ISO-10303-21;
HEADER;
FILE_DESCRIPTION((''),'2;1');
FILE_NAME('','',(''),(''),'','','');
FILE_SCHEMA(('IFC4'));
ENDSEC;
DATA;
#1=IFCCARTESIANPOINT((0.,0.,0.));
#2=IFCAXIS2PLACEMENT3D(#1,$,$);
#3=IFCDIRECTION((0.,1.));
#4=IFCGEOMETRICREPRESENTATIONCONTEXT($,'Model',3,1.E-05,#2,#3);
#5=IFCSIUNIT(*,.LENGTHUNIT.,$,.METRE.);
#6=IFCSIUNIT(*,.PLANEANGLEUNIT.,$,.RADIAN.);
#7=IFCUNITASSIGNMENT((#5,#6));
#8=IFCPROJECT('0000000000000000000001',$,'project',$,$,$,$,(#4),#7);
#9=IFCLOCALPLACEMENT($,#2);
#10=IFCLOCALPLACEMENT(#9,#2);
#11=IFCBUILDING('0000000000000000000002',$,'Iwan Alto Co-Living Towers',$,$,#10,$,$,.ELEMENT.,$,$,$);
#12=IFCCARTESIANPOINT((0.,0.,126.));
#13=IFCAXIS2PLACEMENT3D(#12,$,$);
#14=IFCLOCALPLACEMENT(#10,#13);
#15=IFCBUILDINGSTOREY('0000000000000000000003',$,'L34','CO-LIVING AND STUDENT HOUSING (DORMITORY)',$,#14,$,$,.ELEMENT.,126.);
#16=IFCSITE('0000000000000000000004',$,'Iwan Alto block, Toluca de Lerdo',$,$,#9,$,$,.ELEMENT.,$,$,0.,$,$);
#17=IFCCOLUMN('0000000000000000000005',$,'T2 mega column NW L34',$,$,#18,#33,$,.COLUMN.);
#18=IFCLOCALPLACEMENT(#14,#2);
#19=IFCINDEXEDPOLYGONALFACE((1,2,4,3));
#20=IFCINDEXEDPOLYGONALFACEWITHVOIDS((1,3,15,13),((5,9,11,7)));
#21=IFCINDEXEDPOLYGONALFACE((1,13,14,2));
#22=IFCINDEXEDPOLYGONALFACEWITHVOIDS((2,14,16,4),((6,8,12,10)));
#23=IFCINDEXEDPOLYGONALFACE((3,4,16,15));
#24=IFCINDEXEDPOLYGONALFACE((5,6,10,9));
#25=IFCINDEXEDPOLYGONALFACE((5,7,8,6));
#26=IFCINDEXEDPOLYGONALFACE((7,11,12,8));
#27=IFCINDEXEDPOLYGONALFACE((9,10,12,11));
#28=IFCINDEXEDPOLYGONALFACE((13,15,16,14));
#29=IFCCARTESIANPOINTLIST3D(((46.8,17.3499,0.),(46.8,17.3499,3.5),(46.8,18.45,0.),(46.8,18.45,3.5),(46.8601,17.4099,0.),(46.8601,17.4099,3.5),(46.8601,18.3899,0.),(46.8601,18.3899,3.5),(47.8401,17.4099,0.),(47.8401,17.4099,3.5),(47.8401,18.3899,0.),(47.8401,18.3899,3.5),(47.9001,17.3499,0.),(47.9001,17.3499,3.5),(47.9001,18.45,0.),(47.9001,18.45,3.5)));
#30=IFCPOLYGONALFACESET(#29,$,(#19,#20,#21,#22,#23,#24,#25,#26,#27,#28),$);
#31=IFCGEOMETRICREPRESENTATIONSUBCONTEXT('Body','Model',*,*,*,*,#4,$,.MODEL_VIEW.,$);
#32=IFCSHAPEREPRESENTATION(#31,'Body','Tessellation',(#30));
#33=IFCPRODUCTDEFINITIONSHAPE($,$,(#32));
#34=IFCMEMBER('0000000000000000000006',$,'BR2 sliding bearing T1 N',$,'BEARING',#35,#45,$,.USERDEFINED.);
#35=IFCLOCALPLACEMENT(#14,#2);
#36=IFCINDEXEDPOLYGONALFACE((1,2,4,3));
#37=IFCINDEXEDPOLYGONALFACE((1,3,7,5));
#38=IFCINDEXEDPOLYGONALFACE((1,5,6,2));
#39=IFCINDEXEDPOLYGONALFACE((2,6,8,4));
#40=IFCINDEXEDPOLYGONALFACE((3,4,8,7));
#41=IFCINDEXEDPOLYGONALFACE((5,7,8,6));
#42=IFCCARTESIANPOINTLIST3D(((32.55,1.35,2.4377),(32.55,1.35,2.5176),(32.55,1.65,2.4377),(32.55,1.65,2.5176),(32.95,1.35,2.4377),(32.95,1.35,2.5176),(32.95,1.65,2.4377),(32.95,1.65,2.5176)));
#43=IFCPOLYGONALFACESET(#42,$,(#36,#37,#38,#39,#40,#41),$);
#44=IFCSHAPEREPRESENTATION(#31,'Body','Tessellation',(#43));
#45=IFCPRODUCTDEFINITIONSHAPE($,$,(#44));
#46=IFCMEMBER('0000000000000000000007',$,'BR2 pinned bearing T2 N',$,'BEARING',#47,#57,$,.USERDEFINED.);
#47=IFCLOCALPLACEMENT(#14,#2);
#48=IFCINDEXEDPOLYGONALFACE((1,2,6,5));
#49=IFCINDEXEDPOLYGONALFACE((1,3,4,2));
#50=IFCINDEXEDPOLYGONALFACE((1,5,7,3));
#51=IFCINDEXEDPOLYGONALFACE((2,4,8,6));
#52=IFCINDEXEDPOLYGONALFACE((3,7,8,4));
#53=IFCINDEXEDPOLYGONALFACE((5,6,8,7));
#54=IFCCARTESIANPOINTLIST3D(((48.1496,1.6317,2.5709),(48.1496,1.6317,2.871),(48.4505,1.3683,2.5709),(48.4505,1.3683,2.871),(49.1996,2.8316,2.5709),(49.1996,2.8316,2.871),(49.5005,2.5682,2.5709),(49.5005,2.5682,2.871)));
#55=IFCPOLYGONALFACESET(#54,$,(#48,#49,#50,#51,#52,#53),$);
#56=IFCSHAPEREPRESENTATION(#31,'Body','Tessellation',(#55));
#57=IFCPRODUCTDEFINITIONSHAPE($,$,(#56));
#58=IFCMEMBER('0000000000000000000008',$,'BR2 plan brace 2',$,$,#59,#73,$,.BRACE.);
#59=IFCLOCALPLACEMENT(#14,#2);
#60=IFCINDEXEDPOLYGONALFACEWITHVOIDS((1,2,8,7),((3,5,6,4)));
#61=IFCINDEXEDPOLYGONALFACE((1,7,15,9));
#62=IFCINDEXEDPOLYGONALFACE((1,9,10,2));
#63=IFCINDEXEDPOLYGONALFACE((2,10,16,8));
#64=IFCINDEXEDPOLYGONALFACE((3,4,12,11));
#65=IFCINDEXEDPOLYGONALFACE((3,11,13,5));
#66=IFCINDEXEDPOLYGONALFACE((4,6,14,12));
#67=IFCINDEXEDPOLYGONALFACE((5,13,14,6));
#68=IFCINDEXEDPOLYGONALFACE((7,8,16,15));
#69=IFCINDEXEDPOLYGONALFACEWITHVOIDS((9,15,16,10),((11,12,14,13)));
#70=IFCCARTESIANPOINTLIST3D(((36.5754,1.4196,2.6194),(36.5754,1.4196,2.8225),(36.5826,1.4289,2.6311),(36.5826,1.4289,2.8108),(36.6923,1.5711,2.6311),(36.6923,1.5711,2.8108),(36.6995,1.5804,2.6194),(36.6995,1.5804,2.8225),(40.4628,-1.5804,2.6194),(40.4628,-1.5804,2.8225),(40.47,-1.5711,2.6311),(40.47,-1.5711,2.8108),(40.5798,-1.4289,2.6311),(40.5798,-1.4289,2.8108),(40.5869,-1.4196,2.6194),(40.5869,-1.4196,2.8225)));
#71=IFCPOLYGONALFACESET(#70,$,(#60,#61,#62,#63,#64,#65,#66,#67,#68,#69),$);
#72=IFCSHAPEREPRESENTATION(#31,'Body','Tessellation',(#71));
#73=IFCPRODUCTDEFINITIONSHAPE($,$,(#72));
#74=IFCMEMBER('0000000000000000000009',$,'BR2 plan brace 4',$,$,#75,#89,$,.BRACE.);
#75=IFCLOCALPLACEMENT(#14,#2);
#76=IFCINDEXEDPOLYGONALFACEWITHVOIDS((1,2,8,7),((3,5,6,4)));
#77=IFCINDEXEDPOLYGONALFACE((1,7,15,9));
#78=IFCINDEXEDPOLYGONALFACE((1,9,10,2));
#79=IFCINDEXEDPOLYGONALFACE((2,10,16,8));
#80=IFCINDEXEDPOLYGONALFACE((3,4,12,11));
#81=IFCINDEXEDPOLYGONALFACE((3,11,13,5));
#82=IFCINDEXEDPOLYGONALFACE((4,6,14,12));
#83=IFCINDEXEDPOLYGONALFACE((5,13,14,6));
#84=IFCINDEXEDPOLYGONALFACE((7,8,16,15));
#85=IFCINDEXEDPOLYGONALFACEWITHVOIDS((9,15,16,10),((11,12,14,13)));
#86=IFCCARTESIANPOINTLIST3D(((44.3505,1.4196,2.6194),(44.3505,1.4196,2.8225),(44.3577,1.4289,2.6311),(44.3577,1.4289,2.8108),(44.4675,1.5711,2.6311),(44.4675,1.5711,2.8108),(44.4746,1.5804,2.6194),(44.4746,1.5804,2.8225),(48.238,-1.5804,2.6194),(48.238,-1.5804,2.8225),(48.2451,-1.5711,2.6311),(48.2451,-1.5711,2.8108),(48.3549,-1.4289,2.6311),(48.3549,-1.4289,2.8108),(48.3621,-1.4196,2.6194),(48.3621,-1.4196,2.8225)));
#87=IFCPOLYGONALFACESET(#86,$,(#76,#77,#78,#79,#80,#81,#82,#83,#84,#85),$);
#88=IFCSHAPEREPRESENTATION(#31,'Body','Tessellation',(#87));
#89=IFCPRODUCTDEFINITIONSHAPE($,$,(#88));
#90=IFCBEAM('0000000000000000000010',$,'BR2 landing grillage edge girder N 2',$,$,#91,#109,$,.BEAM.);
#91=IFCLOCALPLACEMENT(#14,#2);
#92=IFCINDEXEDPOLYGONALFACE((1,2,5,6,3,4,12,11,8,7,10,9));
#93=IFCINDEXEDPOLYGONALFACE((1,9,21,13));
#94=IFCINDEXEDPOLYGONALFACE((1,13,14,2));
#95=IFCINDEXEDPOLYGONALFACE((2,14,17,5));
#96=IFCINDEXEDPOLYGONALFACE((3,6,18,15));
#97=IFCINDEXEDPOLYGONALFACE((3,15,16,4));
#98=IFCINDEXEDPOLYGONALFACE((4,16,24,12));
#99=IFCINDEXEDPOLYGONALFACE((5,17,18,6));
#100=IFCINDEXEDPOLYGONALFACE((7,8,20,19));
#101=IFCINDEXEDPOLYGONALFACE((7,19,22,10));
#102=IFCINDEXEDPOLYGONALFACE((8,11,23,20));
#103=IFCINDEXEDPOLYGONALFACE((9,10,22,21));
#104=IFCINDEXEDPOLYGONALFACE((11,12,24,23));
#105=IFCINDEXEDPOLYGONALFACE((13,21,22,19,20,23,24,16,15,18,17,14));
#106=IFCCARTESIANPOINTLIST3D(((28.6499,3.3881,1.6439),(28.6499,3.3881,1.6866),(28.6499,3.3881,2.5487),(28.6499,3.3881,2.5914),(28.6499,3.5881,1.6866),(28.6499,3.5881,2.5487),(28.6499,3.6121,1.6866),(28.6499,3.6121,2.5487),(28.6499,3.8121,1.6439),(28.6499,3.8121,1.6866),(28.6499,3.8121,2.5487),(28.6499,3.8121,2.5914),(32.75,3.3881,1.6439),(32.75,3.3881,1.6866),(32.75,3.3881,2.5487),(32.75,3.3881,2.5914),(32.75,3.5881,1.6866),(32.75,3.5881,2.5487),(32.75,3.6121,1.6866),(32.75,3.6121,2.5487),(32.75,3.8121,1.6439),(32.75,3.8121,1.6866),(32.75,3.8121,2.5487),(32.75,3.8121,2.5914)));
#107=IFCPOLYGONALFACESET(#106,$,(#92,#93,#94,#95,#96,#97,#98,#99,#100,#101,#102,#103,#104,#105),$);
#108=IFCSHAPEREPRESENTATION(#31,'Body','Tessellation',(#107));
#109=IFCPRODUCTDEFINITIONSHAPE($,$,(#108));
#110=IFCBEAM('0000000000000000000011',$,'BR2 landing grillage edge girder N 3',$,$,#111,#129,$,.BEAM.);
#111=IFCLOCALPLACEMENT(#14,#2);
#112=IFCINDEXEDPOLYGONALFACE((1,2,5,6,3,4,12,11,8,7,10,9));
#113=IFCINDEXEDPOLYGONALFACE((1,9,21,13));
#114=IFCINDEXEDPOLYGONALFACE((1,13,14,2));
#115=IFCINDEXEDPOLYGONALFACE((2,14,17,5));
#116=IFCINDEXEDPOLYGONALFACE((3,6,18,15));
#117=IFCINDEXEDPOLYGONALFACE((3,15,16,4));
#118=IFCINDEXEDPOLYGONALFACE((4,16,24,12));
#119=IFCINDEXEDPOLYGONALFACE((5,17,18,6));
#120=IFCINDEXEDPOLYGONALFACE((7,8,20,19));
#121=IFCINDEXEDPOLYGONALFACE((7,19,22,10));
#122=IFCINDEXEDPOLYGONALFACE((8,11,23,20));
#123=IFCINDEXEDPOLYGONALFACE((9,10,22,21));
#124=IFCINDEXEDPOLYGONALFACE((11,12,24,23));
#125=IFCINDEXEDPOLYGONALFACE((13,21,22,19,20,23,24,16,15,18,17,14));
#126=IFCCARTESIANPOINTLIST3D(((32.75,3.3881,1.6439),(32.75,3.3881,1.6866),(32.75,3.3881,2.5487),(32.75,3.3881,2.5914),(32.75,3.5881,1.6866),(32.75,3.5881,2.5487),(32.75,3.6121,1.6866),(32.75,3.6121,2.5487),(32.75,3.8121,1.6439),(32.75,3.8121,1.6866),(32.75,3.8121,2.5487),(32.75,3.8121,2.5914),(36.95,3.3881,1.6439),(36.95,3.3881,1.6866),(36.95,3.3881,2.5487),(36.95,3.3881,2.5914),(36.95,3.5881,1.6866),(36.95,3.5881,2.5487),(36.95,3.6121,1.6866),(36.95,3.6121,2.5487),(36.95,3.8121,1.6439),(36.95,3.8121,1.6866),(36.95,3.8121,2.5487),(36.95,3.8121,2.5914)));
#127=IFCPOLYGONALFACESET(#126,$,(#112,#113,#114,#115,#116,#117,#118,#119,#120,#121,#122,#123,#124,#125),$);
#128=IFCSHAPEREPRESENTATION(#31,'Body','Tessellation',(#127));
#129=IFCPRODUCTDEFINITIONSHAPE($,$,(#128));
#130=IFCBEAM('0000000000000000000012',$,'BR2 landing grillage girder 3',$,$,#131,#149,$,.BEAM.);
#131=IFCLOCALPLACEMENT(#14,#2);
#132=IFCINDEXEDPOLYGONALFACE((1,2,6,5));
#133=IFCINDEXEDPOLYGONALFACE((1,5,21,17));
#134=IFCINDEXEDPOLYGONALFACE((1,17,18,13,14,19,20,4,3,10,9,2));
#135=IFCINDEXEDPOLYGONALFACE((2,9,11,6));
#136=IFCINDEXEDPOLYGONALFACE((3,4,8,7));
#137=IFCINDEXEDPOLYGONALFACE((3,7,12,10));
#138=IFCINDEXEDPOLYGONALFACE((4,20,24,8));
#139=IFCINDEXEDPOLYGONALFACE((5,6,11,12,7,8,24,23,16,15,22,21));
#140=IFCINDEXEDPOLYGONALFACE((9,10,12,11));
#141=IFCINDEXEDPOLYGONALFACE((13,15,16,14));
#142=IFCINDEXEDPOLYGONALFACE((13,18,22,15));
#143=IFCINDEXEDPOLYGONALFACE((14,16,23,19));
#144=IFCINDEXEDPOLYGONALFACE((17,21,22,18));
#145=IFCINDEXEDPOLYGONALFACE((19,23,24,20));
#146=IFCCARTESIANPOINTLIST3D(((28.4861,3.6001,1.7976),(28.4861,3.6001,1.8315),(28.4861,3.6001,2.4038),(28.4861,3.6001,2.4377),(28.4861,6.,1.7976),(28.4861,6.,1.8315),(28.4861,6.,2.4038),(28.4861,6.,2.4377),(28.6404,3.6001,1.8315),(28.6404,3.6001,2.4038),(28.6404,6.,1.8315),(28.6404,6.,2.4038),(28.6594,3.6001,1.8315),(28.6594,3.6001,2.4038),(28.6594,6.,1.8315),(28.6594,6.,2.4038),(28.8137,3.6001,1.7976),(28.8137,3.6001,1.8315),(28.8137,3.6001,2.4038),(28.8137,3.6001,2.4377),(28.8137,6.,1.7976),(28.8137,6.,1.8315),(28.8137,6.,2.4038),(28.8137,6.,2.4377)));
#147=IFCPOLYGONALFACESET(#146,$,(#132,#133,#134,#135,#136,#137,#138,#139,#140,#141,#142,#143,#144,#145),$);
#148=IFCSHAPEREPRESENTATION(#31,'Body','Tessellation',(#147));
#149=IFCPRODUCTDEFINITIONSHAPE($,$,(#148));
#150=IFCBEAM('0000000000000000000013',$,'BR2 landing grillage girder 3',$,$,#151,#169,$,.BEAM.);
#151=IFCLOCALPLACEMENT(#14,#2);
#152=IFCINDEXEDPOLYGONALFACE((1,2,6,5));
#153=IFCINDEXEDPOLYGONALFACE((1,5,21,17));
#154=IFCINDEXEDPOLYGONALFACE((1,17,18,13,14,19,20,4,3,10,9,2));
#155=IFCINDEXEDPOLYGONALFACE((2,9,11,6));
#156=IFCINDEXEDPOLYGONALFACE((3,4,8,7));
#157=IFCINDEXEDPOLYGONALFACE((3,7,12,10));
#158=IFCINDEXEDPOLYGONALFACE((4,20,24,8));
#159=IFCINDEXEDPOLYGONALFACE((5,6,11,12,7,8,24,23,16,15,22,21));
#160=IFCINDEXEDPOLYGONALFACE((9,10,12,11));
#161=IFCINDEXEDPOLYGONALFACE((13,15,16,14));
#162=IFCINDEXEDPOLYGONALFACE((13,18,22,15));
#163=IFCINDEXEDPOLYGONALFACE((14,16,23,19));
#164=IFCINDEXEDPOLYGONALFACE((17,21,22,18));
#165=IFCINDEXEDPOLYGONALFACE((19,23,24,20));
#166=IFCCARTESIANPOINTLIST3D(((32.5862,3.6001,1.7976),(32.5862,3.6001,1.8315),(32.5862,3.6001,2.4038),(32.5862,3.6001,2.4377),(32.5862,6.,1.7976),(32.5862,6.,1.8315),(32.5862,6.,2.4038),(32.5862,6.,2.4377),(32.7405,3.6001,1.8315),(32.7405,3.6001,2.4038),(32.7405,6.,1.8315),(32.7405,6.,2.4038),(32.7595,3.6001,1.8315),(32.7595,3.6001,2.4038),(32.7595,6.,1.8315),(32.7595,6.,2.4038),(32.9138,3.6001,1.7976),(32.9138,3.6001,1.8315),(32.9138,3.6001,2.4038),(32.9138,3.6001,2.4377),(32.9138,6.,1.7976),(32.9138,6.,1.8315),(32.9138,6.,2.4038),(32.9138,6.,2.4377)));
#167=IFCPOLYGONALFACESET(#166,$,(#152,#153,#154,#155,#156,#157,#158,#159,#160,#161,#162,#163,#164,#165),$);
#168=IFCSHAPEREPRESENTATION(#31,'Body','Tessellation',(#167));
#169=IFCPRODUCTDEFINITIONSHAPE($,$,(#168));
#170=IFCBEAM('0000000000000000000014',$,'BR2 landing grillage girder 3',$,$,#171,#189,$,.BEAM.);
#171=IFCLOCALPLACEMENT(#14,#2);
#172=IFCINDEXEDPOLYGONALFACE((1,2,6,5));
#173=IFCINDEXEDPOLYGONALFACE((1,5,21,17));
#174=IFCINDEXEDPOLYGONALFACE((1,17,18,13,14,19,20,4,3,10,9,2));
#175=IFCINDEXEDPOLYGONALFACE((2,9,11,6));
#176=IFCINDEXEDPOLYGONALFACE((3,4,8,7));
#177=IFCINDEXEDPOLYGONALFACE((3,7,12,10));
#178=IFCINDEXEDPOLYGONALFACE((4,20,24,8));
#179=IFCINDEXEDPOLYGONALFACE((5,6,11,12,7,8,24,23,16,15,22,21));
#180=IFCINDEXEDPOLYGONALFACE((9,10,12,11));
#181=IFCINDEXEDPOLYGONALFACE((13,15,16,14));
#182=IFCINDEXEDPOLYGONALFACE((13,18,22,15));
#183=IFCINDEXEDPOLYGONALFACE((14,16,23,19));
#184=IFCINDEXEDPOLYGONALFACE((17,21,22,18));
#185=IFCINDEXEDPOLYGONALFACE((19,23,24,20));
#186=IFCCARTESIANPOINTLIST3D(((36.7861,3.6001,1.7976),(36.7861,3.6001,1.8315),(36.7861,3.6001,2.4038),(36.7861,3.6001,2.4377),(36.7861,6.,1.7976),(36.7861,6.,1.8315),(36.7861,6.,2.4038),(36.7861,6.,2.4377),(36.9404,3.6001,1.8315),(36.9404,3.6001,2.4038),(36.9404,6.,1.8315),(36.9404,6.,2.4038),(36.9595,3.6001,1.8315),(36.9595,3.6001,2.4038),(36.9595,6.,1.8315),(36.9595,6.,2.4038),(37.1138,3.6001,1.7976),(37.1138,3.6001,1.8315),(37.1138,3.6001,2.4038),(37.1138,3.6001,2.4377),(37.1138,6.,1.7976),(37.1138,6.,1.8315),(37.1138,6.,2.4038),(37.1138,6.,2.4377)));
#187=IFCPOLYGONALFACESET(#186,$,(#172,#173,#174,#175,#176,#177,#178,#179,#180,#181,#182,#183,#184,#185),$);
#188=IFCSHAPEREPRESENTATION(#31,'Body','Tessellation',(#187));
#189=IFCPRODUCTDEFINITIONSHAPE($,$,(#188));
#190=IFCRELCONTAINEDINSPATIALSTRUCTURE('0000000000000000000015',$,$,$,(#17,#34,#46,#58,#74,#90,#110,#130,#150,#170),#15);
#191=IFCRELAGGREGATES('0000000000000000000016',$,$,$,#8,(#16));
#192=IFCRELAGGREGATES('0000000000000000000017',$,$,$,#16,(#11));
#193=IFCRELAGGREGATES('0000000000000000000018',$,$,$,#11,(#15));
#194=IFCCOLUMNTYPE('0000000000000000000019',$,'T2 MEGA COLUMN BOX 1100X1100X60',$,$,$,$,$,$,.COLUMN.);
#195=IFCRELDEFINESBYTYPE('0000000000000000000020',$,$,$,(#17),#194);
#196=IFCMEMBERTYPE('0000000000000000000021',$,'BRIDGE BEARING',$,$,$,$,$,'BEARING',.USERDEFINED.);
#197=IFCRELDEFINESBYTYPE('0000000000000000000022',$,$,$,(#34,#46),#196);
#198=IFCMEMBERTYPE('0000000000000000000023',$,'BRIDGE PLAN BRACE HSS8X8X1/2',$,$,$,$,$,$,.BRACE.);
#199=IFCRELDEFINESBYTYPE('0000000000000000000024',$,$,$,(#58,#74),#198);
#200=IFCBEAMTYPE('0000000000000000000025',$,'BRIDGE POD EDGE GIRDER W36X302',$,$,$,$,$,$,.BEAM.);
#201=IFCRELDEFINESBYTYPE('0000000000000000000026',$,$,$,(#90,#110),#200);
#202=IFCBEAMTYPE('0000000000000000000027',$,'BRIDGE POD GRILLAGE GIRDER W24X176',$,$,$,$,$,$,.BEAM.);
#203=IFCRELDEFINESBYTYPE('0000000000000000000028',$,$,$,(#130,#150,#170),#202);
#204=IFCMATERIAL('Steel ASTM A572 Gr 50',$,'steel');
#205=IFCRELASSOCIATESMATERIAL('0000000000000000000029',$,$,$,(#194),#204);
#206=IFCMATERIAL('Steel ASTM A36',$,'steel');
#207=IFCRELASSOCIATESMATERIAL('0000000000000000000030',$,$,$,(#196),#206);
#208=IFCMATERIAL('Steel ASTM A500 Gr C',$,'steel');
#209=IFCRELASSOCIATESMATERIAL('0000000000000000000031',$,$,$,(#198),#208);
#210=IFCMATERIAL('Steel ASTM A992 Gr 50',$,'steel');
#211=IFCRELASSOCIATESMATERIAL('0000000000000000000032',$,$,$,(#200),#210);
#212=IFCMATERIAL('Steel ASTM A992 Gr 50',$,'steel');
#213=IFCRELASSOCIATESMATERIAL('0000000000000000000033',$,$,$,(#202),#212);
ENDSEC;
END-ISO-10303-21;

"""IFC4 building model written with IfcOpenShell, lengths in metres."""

from ifc_helpers import new_model, si_unit, direction, frame, origin, origin_2d, place, context, subcontext, project, spatial, rectangle, hollow_rectangle, i_section, extrude, material, material_profile, profile_set, type_object, element, save


model = new_model("IFC4")

# Units and contexts
model_context = context("Model", 3, precision=1e-05, world=origin(), true_north=direction((0.0, 1.0)))
body_context = subcontext(model_context, "Body", "Model", "MODEL_VIEW")
ifc_project = project(units=[si_unit("LENGTHUNIT", "METRE"), si_unit("PLANEANGLEUNIT", "RADIAN")], contexts=[model_context])

# Site, building, storey
site_placement = place(None, origin())
site = spatial("IfcSite", under=ifc_project, at=site_placement, Name="Iwan Alto block, Toluca de Lerdo", CompositionType="ELEMENT", RefElevation=0.0)
building_placement = place(site_placement, origin())
building = spatial("IfcBuilding", under=site, at=building_placement, Name="Iwan Alto Co-Living Towers", CompositionType="ELEMENT")
storey_placement = place(building_placement, frame((0.0, 0.0, 126.0)))
storey = spatial("IfcBuildingStorey", under=building, at=storey_placement, Name="L34", Description="CO-LIVING AND STUDENT HOUSING (DORMITORY)", CompositionType="ELEMENT", Elevation=126.0)

# Column
ifc_material_1 = material(Name="Steel ASTM A572 Gr 50", Category="steel")
ifc_material_profile_1 = material_profile(ifc_material_1, hollow_rectangle(XDim=1.1001, YDim=1.1001, WallThickness=0.0601, at=origin_2d()), Name="BOX 1100X1100X60")
ifc_profile_set_1 = profile_set([ifc_material_profile_1], Name="Steel ASTM A572 Gr 50")
column_type = type_object("IfcColumnType", Name="T2 MEGA COLUMN BOX 1100X1100X60", PredefinedType="COLUMN", material=ifc_profile_set_1)
column_placement = place(storey_placement, frame((47.3501, 17.8999, 0.0), z_axis=(0.0, 0.0, 1.0), x_axis=(1.0, 0.0, 0.0)))
element("IfcColumn", 1, at=column_placement, inside=storey, type_object=column_type, Name="T2 mega column NW L34", PredefinedType="COLUMN", context=body_context, shape_type="SweptSolid", body=[
    extrude(hollow_rectangle(XDim=1.1001, YDim=1.1001, WallThickness=0.0601, at=origin_2d()), origin(), (0.0, 0.0, 1.0), 3.5),
])

# Members
ifc_material_2 = material(Name="Steel ASTM A36", Category="steel")
ifc_material_profile_2 = material_profile(ifc_material_2, rectangle(XDim=0.3999, YDim=0.3, at=origin_2d()), Name="BEARING 400X300")
ifc_profile_set_2 = profile_set([ifc_material_profile_2], Name="Steel ASTM A36")
member_type_1 = type_object("IfcMemberType", Name="BRIDGE BEARING", ElementType="BEARING", PredefinedType="USERDEFINED", material=ifc_profile_set_2)
member_1_placement = place(storey_placement, frame((32.75, 1.5, 2.5176), z_axis=(0.0, 0.0, -1.0), x_axis=(1.0, 0.0, 0.0)))
element("IfcMember", 2, at=member_1_placement, inside=storey, type_object=member_type_1, Name="BR2 sliding bearing T1 N", ObjectType="BEARING", PredefinedType="USERDEFINED", context=body_context, shape_type="SweptSolid", body=[
    extrude(rectangle(XDim=0.3999, YDim=0.3, at=origin_2d()), origin(), (0.0, 0.0, 1.0), 0.0798),
])
member_2_placement = place(storey_placement, frame((48.3, 1.5, 2.7209), z_axis=(0.658537, 0.752548, 0.0), x_axis=(-0.752548, 0.658537, 0.0)))
element("IfcMember", 3, at=member_2_placement, inside=storey, type_object=member_type_1, Name="BR2 pinned bearing T2 N", ObjectType="BEARING", PredefinedType="USERDEFINED", context=body_context, shape_type="SweptSolid", body=[
    extrude(rectangle(XDim=0.3999, YDim=0.3, at=origin_2d()), origin(), (0.0, 0.0, 1.0), 1.5945),
])
ifc_material_3 = material(Name="Steel ASTM A500 Gr C", Category="steel")
ifc_material_profile_3 = material_profile(ifc_material_3, hollow_rectangle(XDim=0.2031, YDim=0.2031, WallThickness=0.0117, at=origin_2d()), Name="HSS8X8X1/2")
ifc_profile_set_3 = profile_set([ifc_material_profile_3], Name="Steel ASTM A500 Gr C")
member_type_2 = type_object("IfcMemberType", Name="BRIDGE PLAN BRACE HSS8X8X1/2", PredefinedType="BRACE", material=ifc_profile_set_3)
for number, where, z_axis, x_axis, name in (
    (4, (36.6375, 1.5, 2.7209), (0.791673, -0.610945, 0.0), (0.610945, 0.791673, 0.0), "BR2 plan brace 2"),
    (5, (44.4126, 1.5, 2.7209), (0.791673, -0.610945, 0.0), (0.610945, 0.791673, 0.0), "BR2 plan brace 4"),
):
    element("IfcMember", number, at=place(storey_placement, frame(where, z_axis=z_axis, x_axis=x_axis)), inside=storey, type_object=member_type_2, Name=name, PredefinedType="BRACE", context=body_context, shape_type="SweptSolid", body=[
        extrude(hollow_rectangle(XDim=0.2031, YDim=0.2031, WallThickness=0.0117, at=origin_2d()), origin(), (0.0, 0.0, 1.0), 4.9104),
    ])

# Beams
ifc_material_4 = material(Name="Steel ASTM A992 Gr 50", Category="steel")
ifc_material_profile_4 = material_profile(ifc_material_4, i_section(OverallWidth=0.4241, OverallDepth=0.9475, WebThickness=0.0239, FlangeThickness=0.0427, at=origin_2d()), Name="W36X302")
ifc_profile_set_4 = profile_set([ifc_material_profile_4], Name="Steel ASTM A992 Gr 50")
beam_type_1 = type_object("IfcBeamType", Name="BRIDGE POD EDGE GIRDER W36X302", PredefinedType="BEAM", material=ifc_profile_set_4)
beam_1_placement = place(storey_placement, frame((28.6499, 3.6001, 2.1177), z_axis=(1.0, 0.0, 0.0), x_axis=(0.0, 1.0, 0.0)))
element("IfcBeam", 6, at=beam_1_placement, inside=storey, type_object=beam_type_1, Name="BR2 landing grillage edge girder N 2", PredefinedType="BEAM", context=body_context, shape_type="SweptSolid", body=[
    extrude(i_section(OverallWidth=0.4241, OverallDepth=0.9475, WebThickness=0.0239, FlangeThickness=0.0427, at=origin_2d()), origin(), (0.0, 0.0, 1.0), 4.1001),
])
beam_2_placement = place(storey_placement, frame((32.75, 3.6001, 2.1177), z_axis=(1.0, 0.0, 0.0), x_axis=(0.0, 1.0, 0.0)))
element("IfcBeam", 7, at=beam_2_placement, inside=storey, type_object=beam_type_1, Name="BR2 landing grillage edge girder N 3", PredefinedType="BEAM", context=body_context, shape_type="SweptSolid", body=[
    extrude(i_section(OverallWidth=0.4241, OverallDepth=0.9475, WebThickness=0.0239, FlangeThickness=0.0427, at=origin_2d()), origin(), (0.0, 0.0, 1.0), 4.2),
])
ifc_material_5 = material(Name="Steel ASTM A992 Gr 50", Category="steel")
ifc_material_profile_5 = material_profile(ifc_material_5, i_section(OverallWidth=0.3276, OverallDepth=0.6401, WebThickness=0.019, FlangeThickness=0.0339, at=origin_2d()), Name="W24X176")
ifc_profile_set_5 = profile_set([ifc_material_profile_5], Name="Steel ASTM A992 Gr 50")
beam_type_2 = type_object("IfcBeamType", Name="BRIDGE POD GRILLAGE GIRDER W24X176", PredefinedType="BEAM", material=ifc_profile_set_5)
for number, where, z_axis, x_axis, name in (
    (8, (28.6499, 3.6001, 2.1177), (0.0, 1.0, 0.0), (-1.0, 0.0, 0.0), "BR2 landing grillage girder 3"),
    (9, (32.75, 3.6001, 2.1177), (0.0, 1.0, 0.0), (-1.0, 0.0, 0.0), "BR2 landing grillage girder 3"),
    (10, (36.95, 3.6001, 2.1177), (0.0, 1.0, 0.0), (-1.0, 0.0, 0.0), "BR2 landing grillage girder 3"),
):
    element("IfcBeam", number, at=place(storey_placement, frame(where, z_axis=z_axis, x_axis=x_axis)), inside=storey, type_object=beam_type_2, Name=name, PredefinedType="BEAM", context=body_context, shape_type="SweptSolid", body=[
        extrude(i_section(OverallWidth=0.3276, OverallDepth=0.6401, WebThickness=0.019, FlangeThickness=0.0339, at=origin_2d()), origin(), (0.0, 0.0, 1.0), 2.3999),
    ])

save(model, "model.ifc")
